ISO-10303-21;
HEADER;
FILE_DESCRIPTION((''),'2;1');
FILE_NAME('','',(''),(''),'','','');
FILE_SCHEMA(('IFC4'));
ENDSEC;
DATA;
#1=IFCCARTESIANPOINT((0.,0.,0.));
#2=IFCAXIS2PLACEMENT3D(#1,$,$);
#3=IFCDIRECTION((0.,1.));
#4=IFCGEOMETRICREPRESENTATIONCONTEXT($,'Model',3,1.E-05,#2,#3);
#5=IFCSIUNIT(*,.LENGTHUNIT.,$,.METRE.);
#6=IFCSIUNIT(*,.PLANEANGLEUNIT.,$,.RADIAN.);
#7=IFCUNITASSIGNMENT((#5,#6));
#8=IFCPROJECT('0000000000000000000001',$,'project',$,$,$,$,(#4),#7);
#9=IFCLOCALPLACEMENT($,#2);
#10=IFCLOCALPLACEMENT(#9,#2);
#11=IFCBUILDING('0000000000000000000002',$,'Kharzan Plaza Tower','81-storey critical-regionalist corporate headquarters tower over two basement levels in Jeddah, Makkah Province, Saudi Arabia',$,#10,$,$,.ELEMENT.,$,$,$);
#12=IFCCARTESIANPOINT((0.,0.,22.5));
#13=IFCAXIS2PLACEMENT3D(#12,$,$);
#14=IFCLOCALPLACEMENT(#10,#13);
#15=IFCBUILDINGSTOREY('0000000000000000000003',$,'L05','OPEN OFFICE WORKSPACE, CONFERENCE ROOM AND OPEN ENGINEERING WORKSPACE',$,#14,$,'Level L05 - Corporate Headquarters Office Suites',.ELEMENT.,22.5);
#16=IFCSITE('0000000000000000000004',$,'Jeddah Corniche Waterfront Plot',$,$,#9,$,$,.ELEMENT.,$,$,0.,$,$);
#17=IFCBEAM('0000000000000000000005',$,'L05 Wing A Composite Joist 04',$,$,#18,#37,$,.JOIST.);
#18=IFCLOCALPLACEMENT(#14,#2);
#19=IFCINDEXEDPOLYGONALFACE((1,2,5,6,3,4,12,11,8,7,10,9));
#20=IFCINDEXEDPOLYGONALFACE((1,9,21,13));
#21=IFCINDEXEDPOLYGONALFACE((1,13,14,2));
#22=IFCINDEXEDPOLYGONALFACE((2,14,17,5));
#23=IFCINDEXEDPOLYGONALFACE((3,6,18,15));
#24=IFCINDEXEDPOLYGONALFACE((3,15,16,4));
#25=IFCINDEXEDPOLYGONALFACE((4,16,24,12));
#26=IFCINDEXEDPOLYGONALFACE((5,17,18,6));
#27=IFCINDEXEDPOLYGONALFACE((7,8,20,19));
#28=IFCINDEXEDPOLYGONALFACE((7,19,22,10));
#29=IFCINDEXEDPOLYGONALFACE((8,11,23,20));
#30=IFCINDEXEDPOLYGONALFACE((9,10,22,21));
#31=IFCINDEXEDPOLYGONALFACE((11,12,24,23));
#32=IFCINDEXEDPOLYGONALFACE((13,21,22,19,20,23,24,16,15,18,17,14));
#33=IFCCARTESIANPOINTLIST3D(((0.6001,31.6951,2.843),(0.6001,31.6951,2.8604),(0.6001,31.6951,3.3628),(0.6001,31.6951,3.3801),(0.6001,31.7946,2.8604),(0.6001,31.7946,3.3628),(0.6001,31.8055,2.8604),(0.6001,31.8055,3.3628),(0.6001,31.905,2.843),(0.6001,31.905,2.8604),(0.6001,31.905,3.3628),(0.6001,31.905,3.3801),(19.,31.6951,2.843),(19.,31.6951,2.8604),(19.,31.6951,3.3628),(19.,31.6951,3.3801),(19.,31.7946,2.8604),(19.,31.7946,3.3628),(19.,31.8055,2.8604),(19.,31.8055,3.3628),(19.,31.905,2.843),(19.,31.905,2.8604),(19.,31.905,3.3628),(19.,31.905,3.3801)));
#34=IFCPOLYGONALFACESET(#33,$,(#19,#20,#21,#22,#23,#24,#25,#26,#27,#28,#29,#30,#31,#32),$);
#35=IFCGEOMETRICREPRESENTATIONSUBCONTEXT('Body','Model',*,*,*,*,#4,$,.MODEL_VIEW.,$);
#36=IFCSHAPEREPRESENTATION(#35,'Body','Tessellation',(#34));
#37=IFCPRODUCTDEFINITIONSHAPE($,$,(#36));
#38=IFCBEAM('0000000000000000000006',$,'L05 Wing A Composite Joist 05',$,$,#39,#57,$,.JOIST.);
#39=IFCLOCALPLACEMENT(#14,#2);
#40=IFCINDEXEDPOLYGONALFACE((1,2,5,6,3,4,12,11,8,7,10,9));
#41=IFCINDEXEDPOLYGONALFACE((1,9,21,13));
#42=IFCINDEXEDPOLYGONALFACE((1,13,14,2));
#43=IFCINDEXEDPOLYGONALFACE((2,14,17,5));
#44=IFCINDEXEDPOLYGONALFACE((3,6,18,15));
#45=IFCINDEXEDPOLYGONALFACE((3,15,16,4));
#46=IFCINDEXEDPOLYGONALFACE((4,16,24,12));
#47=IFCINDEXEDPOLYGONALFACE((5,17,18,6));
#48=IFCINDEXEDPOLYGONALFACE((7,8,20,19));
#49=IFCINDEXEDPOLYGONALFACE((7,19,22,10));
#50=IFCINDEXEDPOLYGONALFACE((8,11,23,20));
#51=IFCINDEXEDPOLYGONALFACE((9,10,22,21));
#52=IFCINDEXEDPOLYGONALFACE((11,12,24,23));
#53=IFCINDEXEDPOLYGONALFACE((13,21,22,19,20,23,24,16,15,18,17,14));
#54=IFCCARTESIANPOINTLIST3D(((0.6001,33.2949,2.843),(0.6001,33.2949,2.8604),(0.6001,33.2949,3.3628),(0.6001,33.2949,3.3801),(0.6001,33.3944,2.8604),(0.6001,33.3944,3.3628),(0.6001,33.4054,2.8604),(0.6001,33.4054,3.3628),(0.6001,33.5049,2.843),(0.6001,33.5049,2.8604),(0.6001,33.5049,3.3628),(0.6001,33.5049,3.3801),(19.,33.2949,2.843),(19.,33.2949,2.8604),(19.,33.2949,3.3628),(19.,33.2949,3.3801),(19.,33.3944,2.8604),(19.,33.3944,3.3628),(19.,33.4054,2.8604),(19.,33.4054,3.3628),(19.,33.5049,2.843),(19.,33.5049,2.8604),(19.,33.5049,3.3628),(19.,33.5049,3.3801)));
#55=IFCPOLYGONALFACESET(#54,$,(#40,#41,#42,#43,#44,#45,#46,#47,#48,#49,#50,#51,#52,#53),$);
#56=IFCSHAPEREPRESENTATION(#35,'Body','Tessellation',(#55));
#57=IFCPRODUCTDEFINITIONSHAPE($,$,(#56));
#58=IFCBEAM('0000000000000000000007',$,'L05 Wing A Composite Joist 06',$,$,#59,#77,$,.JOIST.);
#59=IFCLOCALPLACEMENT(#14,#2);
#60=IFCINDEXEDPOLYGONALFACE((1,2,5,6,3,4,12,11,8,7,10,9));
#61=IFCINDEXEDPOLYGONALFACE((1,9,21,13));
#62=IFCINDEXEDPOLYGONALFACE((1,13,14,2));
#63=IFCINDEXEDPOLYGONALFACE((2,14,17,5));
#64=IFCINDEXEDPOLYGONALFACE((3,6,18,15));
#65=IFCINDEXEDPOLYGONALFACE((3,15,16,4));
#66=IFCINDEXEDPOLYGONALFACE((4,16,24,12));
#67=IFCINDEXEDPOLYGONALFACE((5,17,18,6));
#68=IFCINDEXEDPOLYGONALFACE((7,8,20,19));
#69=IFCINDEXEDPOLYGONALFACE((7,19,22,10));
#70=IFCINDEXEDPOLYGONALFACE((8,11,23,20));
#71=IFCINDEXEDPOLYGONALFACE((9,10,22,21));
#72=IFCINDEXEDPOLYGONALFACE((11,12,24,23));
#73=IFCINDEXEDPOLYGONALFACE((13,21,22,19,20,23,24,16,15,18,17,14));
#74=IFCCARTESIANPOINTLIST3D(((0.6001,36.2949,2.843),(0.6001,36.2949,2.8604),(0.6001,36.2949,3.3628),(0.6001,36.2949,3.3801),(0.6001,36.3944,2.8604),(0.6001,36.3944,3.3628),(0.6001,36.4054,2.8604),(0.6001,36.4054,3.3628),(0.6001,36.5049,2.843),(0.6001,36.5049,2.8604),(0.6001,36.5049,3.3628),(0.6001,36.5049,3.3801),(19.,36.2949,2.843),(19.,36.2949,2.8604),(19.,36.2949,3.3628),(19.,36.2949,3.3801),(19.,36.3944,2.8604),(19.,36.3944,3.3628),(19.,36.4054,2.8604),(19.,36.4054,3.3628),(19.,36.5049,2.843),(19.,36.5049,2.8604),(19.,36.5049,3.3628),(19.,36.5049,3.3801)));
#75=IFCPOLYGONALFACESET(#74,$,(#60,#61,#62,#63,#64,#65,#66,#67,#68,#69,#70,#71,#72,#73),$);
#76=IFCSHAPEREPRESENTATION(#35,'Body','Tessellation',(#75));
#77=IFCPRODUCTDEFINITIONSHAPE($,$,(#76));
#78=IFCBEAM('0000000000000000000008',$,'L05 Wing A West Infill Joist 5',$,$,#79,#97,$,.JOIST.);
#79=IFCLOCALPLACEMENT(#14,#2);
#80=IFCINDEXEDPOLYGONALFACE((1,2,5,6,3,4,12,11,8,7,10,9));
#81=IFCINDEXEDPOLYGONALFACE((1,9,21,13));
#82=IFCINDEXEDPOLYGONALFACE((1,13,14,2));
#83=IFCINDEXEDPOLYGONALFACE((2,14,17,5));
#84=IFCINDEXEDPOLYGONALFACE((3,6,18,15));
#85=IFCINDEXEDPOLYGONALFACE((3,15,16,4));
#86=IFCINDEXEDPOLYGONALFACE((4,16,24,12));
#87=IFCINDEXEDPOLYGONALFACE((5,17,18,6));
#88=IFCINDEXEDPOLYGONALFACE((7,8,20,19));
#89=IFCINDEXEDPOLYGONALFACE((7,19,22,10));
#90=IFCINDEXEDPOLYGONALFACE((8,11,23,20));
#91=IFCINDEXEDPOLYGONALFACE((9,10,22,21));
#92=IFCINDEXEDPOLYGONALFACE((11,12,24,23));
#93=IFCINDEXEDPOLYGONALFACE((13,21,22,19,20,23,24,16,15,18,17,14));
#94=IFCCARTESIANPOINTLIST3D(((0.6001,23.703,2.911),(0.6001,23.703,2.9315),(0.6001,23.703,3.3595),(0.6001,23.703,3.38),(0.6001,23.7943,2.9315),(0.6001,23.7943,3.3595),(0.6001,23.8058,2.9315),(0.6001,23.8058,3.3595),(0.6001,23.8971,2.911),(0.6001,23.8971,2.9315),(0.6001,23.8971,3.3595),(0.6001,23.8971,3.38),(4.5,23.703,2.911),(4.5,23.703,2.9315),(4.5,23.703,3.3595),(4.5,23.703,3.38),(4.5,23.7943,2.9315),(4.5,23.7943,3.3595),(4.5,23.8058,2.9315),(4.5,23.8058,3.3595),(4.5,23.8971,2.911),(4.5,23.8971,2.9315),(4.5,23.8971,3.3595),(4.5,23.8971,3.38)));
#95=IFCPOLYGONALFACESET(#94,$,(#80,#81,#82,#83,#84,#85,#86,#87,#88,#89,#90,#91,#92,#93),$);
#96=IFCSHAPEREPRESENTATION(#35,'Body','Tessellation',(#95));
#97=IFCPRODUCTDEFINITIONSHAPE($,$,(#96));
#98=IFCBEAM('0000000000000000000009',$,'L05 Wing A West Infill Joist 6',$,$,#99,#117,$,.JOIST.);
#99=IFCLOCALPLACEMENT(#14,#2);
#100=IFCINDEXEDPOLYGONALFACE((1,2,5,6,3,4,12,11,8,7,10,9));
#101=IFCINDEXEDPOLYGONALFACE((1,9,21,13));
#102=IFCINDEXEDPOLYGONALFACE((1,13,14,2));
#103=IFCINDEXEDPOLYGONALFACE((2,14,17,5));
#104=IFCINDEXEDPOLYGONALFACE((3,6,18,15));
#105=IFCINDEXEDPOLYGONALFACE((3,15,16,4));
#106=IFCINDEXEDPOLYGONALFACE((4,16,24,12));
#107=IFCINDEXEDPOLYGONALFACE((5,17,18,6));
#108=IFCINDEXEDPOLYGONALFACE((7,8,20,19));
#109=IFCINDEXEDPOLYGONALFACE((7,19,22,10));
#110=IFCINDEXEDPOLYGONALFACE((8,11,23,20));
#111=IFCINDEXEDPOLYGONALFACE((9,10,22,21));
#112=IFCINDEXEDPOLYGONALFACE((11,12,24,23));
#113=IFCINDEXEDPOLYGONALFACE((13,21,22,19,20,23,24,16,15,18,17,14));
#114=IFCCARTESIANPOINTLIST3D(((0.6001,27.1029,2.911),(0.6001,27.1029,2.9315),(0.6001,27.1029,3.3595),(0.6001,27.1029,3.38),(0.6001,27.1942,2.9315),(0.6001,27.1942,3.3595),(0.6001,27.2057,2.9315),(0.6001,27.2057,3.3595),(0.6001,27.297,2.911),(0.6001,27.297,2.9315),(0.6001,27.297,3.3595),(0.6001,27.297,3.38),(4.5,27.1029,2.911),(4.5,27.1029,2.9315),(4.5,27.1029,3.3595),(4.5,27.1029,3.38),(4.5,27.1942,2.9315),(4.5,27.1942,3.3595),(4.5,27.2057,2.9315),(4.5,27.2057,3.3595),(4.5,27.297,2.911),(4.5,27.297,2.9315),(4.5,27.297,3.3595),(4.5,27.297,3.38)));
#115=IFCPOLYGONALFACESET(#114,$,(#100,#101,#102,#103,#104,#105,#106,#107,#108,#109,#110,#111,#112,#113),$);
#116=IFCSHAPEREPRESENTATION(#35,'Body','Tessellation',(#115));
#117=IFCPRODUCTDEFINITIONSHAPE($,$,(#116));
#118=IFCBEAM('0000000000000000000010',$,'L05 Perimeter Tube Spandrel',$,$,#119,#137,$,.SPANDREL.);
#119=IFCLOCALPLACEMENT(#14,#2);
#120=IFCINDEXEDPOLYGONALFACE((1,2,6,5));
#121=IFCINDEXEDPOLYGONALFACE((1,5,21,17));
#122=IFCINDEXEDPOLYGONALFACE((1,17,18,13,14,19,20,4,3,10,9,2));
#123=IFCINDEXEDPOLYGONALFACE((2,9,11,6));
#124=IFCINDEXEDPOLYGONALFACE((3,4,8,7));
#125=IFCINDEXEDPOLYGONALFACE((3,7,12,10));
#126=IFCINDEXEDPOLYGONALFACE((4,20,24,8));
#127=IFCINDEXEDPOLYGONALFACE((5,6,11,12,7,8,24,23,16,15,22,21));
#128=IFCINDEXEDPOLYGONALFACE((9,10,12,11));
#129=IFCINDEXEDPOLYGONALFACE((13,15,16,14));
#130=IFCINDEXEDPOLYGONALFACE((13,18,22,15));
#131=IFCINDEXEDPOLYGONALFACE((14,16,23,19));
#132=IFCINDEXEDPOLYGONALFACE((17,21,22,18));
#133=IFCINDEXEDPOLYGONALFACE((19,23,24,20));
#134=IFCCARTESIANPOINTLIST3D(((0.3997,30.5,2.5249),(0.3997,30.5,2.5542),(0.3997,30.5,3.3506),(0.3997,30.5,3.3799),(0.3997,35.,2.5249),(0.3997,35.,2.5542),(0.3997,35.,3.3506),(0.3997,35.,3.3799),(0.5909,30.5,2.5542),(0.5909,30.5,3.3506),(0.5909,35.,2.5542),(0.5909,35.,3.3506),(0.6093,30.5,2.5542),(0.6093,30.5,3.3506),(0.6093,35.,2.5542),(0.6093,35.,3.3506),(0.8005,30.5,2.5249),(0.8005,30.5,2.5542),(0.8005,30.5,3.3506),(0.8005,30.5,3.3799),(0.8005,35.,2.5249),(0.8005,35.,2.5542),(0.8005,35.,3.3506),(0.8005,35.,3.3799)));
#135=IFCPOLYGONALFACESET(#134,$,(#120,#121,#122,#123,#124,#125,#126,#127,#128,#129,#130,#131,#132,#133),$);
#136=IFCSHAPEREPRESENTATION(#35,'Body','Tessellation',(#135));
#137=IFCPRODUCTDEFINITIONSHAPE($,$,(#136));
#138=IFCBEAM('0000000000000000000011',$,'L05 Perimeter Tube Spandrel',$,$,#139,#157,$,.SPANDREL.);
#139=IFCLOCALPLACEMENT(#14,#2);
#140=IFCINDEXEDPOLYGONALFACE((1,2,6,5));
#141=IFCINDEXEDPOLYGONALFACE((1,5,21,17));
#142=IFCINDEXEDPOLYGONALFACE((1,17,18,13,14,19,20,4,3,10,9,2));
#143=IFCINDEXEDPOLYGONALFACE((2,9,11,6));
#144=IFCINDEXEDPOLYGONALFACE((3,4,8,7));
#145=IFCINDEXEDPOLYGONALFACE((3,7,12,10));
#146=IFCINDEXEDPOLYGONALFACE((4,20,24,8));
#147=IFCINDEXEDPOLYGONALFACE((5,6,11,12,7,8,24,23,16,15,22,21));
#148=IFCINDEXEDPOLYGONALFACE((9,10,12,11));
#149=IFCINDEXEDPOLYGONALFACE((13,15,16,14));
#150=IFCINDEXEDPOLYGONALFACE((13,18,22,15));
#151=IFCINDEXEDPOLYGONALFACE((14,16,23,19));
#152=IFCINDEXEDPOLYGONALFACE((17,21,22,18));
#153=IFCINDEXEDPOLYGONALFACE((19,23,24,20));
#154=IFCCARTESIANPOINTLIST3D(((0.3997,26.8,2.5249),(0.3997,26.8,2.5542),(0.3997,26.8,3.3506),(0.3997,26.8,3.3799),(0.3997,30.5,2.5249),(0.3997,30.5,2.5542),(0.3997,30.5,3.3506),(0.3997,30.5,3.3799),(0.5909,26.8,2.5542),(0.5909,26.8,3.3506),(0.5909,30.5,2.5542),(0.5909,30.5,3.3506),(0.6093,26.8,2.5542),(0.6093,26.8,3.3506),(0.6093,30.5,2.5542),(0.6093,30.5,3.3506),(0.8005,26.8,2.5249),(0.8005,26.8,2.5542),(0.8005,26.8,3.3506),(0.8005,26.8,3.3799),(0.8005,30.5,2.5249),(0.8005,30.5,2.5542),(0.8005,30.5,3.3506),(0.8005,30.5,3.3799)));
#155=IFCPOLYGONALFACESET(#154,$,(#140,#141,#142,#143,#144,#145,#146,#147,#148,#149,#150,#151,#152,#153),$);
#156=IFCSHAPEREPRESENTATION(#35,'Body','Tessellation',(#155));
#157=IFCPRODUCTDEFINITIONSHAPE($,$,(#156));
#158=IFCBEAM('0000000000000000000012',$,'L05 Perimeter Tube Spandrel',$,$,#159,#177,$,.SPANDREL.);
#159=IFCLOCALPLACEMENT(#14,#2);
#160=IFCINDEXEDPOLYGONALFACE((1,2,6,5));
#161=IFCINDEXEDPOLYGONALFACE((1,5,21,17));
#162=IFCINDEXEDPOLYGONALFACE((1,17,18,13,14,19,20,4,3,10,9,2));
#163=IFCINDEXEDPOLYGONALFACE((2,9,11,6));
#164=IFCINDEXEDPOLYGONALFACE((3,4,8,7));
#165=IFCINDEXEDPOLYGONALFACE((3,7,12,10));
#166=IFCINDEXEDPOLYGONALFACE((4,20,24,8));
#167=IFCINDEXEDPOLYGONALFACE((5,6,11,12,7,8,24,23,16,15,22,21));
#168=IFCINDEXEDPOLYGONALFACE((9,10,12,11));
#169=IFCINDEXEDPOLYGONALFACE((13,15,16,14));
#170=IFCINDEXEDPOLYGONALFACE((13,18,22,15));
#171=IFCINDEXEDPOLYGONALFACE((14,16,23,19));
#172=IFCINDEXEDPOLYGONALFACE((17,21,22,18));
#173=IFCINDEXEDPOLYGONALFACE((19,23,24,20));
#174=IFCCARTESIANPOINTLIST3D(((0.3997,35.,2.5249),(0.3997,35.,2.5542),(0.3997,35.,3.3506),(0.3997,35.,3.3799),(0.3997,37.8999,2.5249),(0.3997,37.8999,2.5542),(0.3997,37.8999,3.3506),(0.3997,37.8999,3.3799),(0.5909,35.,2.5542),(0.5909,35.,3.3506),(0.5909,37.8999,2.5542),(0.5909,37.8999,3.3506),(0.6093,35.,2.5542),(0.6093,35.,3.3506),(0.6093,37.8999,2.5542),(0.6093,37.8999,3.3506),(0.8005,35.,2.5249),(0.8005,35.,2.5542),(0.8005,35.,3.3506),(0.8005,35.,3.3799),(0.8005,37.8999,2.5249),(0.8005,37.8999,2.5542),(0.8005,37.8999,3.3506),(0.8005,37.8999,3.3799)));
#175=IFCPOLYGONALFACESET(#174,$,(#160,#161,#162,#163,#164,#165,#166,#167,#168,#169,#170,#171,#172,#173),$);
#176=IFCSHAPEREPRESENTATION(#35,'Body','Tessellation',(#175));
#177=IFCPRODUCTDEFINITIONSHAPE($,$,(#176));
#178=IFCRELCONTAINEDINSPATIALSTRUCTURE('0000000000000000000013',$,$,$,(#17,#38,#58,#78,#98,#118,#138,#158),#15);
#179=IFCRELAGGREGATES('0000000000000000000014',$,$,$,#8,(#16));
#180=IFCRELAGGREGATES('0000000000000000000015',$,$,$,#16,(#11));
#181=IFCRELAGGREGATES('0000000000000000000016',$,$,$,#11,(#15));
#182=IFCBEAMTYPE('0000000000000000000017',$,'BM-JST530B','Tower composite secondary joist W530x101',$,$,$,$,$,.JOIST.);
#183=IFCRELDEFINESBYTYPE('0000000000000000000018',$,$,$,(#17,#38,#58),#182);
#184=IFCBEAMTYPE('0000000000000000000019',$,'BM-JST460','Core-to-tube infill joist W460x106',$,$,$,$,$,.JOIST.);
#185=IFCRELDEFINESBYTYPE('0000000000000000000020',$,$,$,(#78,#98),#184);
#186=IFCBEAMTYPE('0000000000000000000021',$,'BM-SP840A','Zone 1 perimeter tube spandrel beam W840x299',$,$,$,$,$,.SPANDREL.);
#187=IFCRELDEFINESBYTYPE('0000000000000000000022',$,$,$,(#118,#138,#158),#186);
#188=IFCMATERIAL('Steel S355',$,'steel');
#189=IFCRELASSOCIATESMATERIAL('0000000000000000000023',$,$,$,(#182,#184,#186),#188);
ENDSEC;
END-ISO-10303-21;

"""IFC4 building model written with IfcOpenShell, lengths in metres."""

from ifc_helpers import new_model, si_unit, direction, frame, origin, origin_2d, place, context, subcontext, project, spatial, i_section, extrude, source, transform, mapped, material, material_profile, profile_set, type_object, element, save


model = new_model("IFC4")

# Units and contexts
model_context = context("Model", 3, precision=1e-05, world=origin(), true_north=direction((0.0, 1.0)))
body_context = subcontext(model_context, "Body", "Model", "MODEL_VIEW")
ifc_project = project(units=[si_unit("LENGTHUNIT", "METRE"), si_unit("PLANEANGLEUNIT", "RADIAN")], contexts=[model_context])

# Site, building, storey
site_placement = place(None, origin())
site = spatial("IfcSite", under=ifc_project, at=site_placement, Name="Jeddah Corniche Waterfront Plot", CompositionType="ELEMENT", RefElevation=0.0)
building_placement = place(site_placement, origin())
building = spatial("IfcBuilding", under=site, at=building_placement, Name="Kharzan Plaza Tower", Description="81-storey critical-regionalist corporate headquarters tower over two basement levels in Jeddah, Makkah Province, Saudi Arabia", CompositionType="ELEMENT")
storey_placement = place(building_placement, frame((0.0, 0.0, 22.5)))
storey = spatial("IfcBuildingStorey", under=building, at=storey_placement, Name="L05", Description="OPEN OFFICE WORKSPACE, CONFERENCE ROOM AND OPEN ENGINEERING WORKSPACE", LongName="Level L05 - Corporate Headquarters Office Suites", CompositionType="ELEMENT", Elevation=22.5)

# Beams
ifc_material_1 = material(Name="Steel S355", Category="steel")
ifc_material_profile_1 = material_profile(ifc_material_1, i_section(OverallWidth=0.21, OverallDepth=0.5371, WebThickness=0.011, FlangeThickness=0.0173, at=origin_2d()), Name="W530x101")
ifc_profile_set_1 = profile_set([ifc_material_profile_1], Name="Steel S355")
beam_type_1 = type_object("IfcBeamType", Name="BM-JST530B", Description="Tower composite secondary joist W530x101", PredefinedType="JOIST", material=ifc_profile_set_1)
shared_shape_1 = source(origin(), body_context, "Body", "SweptSolid", [
    extrude(i_section(OverallWidth=0.21, OverallDepth=0.5371, WebThickness=0.011, FlangeThickness=0.0173, at=origin_2d()), origin(), (0.0, 0.0, 1.0), 18.3999),
])
for number, where, z_axis, x_axis, name in (
    (1, (0.6001, 31.8, 3.1116), (1.0, 0.0, 0.0), (0.0, 1.0, 0.0), "L05 Wing A Composite Joist 04"),
    (2, (0.6001, 33.3999, 3.1116), (1.0, 0.0, 0.0), (0.0, 1.0, 0.0), "L05 Wing A Composite Joist 05"),
    (3, (0.6001, 36.3999, 3.1116), (1.0, 0.0, 0.0), (0.0, 1.0, 0.0), "L05 Wing A Composite Joist 06"),
):
    element("IfcBeam", number, at=place(storey_placement, frame(where, z_axis=z_axis, x_axis=x_axis)), inside=storey, type_object=beam_type_1, Name=name, PredefinedType="JOIST", context=body_context, shape_type="MappedRepresentation", body=[
        mapped(shared_shape_1, transform((0.0, 0.0, 0.0), x_axis=(1.0, 0.0, 0.0), y_axis=(0.0, 1.0, 0.0), z_axis=(0.0, 0.0, 1.0))),
    ])
ifc_material_profile_2 = material_profile(ifc_material_1, i_section(OverallWidth=0.1941, OverallDepth=0.469, WebThickness=0.0115, FlangeThickness=0.0205, at=origin_2d()), Name="W460x106")
ifc_profile_set_2 = profile_set([ifc_material_profile_2], Name="Steel S355")
beam_type_2 = type_object("IfcBeamType", Name="BM-JST460", Description="Core-to-tube infill joist W460x106", PredefinedType="JOIST", material=ifc_profile_set_2)
shared_shape_2 = source(origin(), body_context, "Body", "SweptSolid", [
    extrude(i_section(OverallWidth=0.1941, OverallDepth=0.469, WebThickness=0.0115, FlangeThickness=0.0205, at=origin_2d()), origin(), (0.0, 0.0, 1.0), 3.8999),
])
for number, where, z_axis, x_axis, name in (
    (4, (0.6001, 23.8, 3.1455), (1.0, 0.0, 0.0), (0.0, 1.0, 0.0), "L05 Wing A West Infill Joist 5"),
    (5, (0.6001, 27.2, 3.1455), (1.0, 0.0, 0.0), (0.0, 1.0, 0.0), "L05 Wing A West Infill Joist 6"),
):
    element("IfcBeam", number, at=place(storey_placement, frame(where, z_axis=z_axis, x_axis=x_axis)), inside=storey, type_object=beam_type_2, Name=name, PredefinedType="JOIST", context=body_context, shape_type="MappedRepresentation", body=[
        mapped(shared_shape_2, transform((0.0, 0.0, 0.0), x_axis=(1.0, 0.0, 0.0), y_axis=(0.0, 1.0, 0.0), z_axis=(0.0, 0.0, 1.0))),
    ])
ifc_material_profile_3 = material_profile(ifc_material_1, i_section(OverallWidth=0.4009, OverallDepth=0.855, WebThickness=0.0183, FlangeThickness=0.0293, at=origin_2d()), Name="W840x299")
ifc_profile_set_3 = profile_set([ifc_material_profile_3], Name="Steel S355")
beam_type_3 = type_object("IfcBeamType", Name="BM-SP840A", Description="Zone 1 perimeter tube spandrel beam W840x299", PredefinedType="SPANDREL", material=ifc_profile_set_3)
shared_shape_3 = source(origin(), body_context, "Body", "SweptSolid", [
    extrude(i_section(OverallWidth=0.4009, OverallDepth=0.855, WebThickness=0.0183, FlangeThickness=0.0293, at=origin_2d()), origin(), (0.0, 0.0, 1.0), 4.5),
])
beam_1_placement = place(storey_placement, frame((0.6001, 30.5, 2.9524), z_axis=(0.0, 1.0, 0.0), x_axis=(-1.0, 0.0, 0.0)))
element("IfcBeam", 6, at=beam_1_placement, inside=storey, type_object=beam_type_3, Name="L05 Perimeter Tube Spandrel", PredefinedType="SPANDREL", context=body_context, shape_type="MappedRepresentation", body=[
    mapped(shared_shape_3, transform((0.0, 0.0, 0.0), x_axis=(1.0, 0.0, 0.0), y_axis=(0.0, 1.0, 0.0), z_axis=(0.0, 0.0, 1.0))),
])
shared_shape_4 = source(origin(), body_context, "Body", "SweptSolid", [
    extrude(i_section(OverallWidth=0.4009, OverallDepth=0.855, WebThickness=0.0183, FlangeThickness=0.0293, at=origin_2d()), origin(), (0.0, 0.0, 1.0), 3.7),
])
beam_2_placement = place(storey_placement, frame((0.6001, 26.8, 2.9524), z_axis=(0.0, 1.0, 0.0), x_axis=(-1.0, 0.0, 0.0)))
element("IfcBeam", 7, at=beam_2_placement, inside=storey, type_object=beam_type_3, Name="L05 Perimeter Tube Spandrel", PredefinedType="SPANDREL", context=body_context, shape_type="MappedRepresentation", body=[
    mapped(shared_shape_4, transform((0.0, 0.0, 0.0), x_axis=(1.0, 0.0, 0.0), y_axis=(0.0, 1.0, 0.0), z_axis=(0.0, 0.0, 1.0))),
])
shared_shape_5 = source(origin(), body_context, "Body", "SweptSolid", [
    extrude(i_section(OverallWidth=0.4009, OverallDepth=0.855, WebThickness=0.0183, FlangeThickness=0.0293, at=origin_2d()), origin(), (0.0, 0.0, 1.0), 2.8999),
])
beam_3_placement = place(storey_placement, frame((0.6001, 35.0, 2.9524), z_axis=(0.0, 1.0, 0.0), x_axis=(-1.0, 0.0, 0.0)))
element("IfcBeam", 8, at=beam_3_placement, inside=storey, type_object=beam_type_3, Name="L05 Perimeter Tube Spandrel", PredefinedType="SPANDREL", context=body_context, shape_type="MappedRepresentation", body=[
    mapped(shared_shape_5, transform((0.0, 0.0, 0.0), x_axis=(1.0, 0.0, 0.0), y_axis=(0.0, 1.0, 0.0), z_axis=(0.0, 0.0, 1.0))),
])

save(model, "model.ifc")
